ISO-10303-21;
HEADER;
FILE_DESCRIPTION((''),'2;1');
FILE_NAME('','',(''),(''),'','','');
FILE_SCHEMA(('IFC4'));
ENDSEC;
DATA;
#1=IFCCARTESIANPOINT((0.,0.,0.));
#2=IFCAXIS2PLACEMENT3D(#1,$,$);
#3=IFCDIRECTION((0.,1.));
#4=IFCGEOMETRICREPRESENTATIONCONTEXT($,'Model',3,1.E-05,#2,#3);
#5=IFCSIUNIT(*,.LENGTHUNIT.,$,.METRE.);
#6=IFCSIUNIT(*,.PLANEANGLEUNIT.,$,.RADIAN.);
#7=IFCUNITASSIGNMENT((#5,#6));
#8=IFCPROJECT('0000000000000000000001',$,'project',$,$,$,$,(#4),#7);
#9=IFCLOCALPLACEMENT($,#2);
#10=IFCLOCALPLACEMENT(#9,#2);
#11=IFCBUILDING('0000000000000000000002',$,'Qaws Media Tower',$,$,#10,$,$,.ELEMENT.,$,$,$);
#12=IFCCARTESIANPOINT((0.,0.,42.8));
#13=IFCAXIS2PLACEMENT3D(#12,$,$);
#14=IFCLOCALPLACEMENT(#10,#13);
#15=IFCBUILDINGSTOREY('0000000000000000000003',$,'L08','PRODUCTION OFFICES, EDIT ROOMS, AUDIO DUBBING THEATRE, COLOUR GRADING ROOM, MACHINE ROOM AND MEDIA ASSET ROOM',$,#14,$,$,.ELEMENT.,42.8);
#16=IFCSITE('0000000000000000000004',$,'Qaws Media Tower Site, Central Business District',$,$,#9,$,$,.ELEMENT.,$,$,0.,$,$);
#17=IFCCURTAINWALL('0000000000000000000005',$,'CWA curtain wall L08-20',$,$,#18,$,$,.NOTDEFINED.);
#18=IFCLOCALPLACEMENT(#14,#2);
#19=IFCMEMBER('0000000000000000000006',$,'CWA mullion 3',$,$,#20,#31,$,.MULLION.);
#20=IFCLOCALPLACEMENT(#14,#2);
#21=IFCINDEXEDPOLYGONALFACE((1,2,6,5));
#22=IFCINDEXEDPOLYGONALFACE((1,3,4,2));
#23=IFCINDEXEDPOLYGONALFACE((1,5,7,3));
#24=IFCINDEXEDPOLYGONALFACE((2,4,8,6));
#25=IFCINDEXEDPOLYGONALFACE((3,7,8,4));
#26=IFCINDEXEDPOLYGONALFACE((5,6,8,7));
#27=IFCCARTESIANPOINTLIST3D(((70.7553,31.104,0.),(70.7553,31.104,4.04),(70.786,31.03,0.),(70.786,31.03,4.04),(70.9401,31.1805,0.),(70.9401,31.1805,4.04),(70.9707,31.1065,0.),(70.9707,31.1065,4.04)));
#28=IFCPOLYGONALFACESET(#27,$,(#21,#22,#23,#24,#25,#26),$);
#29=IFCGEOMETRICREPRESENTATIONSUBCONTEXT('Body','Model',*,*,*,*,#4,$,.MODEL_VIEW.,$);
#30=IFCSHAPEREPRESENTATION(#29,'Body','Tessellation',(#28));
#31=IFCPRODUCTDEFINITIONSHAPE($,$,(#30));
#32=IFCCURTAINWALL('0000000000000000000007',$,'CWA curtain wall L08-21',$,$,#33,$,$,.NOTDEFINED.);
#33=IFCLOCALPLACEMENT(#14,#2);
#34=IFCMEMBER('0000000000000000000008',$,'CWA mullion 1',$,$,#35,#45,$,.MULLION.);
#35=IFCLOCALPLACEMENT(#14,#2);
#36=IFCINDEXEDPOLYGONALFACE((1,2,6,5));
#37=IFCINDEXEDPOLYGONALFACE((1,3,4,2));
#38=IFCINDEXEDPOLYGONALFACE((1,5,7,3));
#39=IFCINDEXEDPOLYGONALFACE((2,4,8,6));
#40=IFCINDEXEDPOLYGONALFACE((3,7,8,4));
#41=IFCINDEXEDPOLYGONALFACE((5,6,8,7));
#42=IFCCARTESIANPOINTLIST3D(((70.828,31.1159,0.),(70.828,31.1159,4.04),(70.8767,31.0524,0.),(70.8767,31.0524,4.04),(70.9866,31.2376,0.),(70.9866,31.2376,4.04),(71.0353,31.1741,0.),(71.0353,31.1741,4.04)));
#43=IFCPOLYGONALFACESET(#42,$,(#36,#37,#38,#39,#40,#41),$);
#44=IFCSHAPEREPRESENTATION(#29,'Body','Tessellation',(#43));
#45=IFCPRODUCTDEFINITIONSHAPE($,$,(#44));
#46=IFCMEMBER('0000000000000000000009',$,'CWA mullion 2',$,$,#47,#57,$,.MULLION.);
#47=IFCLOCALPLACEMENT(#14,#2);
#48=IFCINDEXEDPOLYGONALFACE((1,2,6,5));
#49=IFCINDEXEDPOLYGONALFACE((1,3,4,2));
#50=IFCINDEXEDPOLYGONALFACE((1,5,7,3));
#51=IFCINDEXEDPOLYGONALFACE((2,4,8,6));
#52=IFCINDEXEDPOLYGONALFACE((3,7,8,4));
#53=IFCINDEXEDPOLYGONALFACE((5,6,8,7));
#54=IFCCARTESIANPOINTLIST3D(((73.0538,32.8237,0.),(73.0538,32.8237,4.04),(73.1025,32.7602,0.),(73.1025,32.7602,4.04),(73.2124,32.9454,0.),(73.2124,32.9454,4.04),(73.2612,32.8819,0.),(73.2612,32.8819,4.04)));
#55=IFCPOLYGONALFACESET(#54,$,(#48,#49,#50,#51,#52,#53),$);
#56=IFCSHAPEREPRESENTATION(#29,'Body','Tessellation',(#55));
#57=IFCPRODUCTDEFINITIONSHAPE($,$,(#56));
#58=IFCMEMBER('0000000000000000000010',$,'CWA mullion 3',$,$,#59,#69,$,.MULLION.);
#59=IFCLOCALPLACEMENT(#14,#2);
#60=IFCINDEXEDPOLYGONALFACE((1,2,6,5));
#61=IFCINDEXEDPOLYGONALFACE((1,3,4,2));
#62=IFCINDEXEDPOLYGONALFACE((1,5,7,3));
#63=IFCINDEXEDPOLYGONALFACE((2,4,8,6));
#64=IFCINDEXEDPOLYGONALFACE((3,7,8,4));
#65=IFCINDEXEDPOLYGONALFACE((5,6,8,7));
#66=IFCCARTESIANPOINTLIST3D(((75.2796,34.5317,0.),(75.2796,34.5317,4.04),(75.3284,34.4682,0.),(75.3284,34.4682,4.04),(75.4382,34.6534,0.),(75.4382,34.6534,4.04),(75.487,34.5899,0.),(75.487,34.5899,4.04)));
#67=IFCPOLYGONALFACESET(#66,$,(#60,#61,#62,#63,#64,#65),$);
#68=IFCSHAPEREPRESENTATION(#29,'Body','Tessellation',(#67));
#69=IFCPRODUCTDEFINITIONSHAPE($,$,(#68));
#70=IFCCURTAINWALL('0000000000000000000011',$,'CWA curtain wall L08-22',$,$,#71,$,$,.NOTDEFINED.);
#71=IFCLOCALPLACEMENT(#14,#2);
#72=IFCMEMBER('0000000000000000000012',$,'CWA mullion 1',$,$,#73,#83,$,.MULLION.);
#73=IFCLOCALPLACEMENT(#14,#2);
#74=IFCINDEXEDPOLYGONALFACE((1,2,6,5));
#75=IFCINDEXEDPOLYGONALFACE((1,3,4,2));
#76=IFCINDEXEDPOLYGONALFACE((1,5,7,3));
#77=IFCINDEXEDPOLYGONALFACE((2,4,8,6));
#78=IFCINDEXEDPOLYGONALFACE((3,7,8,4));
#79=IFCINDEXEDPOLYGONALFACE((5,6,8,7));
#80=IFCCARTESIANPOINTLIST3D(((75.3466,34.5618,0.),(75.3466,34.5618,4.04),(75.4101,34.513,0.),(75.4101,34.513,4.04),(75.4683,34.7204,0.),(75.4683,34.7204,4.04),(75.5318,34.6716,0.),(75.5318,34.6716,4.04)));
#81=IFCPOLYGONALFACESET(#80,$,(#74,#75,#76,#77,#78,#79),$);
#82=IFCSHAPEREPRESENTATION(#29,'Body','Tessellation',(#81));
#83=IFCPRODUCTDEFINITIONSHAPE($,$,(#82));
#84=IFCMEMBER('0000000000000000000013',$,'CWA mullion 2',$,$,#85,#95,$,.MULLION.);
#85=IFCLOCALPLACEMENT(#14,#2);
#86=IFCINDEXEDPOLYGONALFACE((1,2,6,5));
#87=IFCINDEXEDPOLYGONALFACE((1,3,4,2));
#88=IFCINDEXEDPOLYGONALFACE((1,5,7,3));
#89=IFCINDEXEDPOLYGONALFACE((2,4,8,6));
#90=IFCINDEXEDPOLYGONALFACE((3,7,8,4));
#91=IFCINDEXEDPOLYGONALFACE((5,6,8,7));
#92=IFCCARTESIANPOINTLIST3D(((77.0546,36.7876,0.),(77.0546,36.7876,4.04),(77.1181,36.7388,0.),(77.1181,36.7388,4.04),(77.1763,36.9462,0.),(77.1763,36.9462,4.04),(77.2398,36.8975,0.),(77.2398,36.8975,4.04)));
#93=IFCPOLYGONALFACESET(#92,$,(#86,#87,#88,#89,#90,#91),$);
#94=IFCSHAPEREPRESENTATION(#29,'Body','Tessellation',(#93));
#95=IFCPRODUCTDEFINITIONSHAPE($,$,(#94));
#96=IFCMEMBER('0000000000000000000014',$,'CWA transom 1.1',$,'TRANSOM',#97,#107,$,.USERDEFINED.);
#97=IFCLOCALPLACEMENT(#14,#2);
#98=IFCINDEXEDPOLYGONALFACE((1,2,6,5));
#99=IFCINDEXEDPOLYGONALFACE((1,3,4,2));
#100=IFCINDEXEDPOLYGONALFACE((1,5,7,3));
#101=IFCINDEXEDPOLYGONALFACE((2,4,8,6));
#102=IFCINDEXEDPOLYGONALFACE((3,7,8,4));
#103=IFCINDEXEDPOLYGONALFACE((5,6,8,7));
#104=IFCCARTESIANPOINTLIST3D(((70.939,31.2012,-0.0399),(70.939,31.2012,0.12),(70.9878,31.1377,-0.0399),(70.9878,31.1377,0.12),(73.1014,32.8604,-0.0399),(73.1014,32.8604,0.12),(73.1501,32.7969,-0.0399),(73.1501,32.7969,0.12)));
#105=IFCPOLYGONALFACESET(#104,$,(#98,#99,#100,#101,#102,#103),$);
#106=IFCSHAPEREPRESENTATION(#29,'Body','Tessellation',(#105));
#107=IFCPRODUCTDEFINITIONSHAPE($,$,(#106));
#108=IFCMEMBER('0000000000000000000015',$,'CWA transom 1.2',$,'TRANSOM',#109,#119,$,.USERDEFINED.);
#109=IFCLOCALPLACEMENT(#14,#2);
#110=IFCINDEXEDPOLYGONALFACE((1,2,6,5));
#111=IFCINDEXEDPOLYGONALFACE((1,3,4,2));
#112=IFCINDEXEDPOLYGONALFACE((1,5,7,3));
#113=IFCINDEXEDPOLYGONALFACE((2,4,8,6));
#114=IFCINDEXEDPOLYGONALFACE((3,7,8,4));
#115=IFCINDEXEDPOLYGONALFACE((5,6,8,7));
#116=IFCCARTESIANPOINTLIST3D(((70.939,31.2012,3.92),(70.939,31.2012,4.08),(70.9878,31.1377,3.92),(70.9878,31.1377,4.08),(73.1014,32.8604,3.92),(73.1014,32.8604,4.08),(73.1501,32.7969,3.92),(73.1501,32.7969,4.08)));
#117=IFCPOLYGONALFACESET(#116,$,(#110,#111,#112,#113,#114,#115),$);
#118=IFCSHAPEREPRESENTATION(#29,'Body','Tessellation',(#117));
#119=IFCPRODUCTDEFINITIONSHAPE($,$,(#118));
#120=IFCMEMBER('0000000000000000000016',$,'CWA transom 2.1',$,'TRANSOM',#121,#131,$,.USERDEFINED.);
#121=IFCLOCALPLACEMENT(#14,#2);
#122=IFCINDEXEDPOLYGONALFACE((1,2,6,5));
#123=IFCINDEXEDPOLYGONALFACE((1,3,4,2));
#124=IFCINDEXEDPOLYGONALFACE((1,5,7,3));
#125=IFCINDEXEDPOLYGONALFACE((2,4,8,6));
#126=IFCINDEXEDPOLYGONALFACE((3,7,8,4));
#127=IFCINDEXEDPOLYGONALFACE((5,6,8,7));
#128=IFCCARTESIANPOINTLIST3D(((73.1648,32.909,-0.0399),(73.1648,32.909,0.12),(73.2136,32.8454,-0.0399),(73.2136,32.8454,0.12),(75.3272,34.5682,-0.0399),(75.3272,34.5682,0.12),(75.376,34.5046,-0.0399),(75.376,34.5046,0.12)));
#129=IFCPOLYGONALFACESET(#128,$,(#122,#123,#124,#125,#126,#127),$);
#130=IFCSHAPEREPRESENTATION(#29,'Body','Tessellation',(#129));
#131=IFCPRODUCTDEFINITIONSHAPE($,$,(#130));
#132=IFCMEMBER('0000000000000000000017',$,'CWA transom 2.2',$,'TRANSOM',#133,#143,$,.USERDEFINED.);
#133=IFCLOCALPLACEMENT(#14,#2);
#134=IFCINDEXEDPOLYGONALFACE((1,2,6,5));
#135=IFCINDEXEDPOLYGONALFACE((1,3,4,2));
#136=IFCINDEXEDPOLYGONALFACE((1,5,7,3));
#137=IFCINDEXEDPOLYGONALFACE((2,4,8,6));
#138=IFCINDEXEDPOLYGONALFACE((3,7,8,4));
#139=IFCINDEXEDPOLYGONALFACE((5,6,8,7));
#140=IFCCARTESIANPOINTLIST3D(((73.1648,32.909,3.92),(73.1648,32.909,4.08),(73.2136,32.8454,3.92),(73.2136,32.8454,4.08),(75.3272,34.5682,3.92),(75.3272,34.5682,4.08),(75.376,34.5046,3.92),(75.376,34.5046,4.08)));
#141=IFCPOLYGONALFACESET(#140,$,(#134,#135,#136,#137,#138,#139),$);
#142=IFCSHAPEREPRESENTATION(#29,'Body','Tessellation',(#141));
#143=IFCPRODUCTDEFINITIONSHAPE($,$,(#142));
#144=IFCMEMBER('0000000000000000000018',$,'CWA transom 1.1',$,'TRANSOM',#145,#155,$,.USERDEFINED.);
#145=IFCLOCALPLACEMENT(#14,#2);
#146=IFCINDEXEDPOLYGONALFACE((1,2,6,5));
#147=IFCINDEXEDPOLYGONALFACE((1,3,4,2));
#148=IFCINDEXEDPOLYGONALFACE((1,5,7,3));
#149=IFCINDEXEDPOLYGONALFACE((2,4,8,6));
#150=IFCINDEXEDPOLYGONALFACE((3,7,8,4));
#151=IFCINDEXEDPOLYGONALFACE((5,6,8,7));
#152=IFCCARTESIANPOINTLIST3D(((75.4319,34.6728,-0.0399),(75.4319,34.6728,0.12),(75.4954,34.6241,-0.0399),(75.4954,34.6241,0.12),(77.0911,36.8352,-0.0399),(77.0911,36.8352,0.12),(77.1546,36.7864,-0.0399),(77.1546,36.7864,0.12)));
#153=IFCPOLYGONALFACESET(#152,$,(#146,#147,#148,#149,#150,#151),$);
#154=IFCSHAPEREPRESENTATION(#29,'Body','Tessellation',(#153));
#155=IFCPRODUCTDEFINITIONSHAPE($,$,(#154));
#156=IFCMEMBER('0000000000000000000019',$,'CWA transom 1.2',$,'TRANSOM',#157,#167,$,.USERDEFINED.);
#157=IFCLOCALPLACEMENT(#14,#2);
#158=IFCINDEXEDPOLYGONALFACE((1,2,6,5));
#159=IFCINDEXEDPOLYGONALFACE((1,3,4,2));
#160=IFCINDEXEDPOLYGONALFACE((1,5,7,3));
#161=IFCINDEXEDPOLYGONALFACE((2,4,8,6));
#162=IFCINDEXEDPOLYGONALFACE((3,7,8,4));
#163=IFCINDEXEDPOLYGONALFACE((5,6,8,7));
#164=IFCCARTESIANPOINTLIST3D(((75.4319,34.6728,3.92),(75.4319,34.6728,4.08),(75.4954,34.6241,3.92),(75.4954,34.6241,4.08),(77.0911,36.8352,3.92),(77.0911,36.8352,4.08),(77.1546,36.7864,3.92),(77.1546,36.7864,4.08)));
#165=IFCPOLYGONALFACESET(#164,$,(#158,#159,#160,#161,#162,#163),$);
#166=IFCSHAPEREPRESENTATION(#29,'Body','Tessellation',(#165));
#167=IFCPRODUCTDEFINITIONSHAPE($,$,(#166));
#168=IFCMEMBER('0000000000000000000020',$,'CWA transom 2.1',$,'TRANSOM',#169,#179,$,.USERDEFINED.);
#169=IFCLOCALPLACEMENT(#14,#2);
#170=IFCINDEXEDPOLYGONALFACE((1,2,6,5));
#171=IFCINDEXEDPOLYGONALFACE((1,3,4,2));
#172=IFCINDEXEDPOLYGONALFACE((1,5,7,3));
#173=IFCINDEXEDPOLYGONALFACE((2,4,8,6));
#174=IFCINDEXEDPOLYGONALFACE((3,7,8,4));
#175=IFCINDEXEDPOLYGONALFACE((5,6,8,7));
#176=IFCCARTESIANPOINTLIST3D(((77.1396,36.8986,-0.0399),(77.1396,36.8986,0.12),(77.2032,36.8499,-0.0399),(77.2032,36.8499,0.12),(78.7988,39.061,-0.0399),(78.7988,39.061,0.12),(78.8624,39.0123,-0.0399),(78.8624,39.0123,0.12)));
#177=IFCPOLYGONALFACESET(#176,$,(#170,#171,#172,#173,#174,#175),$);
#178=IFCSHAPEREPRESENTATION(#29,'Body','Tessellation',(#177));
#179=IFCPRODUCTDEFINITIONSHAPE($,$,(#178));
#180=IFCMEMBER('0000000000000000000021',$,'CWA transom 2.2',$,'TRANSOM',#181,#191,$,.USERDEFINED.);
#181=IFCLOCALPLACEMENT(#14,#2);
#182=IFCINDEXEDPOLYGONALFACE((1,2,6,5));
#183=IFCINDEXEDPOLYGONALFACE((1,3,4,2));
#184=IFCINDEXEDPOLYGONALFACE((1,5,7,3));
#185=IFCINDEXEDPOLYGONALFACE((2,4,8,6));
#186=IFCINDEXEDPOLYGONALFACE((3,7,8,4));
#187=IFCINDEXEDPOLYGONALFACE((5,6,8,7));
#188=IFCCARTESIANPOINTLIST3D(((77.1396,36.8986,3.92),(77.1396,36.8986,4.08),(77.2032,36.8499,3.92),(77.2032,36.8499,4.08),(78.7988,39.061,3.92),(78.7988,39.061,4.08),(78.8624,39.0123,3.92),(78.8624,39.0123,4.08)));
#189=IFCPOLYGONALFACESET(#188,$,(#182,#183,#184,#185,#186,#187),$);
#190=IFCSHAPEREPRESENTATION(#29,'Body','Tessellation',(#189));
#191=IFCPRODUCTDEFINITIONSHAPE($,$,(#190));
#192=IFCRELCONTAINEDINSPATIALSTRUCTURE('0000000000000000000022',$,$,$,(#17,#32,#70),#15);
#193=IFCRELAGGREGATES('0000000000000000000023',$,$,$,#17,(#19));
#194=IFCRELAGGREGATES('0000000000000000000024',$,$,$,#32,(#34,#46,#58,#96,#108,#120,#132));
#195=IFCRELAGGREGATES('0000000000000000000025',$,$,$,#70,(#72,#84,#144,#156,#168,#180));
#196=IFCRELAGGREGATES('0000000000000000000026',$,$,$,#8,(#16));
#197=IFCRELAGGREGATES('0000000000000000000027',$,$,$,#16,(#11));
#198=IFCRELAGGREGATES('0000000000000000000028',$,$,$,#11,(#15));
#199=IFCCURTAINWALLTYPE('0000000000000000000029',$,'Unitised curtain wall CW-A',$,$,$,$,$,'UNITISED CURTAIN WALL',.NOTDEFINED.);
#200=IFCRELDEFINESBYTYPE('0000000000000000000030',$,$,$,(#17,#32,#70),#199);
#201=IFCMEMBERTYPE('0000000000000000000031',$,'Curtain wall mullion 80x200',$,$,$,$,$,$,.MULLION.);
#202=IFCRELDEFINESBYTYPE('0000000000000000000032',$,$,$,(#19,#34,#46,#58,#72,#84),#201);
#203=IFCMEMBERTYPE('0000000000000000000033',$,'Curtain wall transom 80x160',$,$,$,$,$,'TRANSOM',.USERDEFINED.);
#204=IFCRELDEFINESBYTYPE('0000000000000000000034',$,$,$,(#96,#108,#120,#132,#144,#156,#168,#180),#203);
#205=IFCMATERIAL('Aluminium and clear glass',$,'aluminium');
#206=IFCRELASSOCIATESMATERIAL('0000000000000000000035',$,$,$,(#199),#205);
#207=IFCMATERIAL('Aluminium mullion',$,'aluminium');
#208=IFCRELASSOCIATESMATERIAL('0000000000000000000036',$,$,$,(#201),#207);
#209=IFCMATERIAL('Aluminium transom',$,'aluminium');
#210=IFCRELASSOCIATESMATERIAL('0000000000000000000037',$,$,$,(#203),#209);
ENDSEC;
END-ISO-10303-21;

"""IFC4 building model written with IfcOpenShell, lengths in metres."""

from ifc_helpers import new_model, si_unit, direction, frame, origin, origin_2d, place, context, subcontext, project, spatial, rectangle, extrude, material, material_profile, profile_set, type_object, element, aggregate, save


model = new_model("IFC4")

# Units and contexts
model_context = context("Model", 3, precision=1e-05, world=origin(), true_north=direction((0.0, 1.0)))
body_context = subcontext(model_context, "Body", "Model", "MODEL_VIEW")
ifc_project = project(units=[si_unit("LENGTHUNIT", "METRE"), si_unit("PLANEANGLEUNIT", "RADIAN")], contexts=[model_context])

# Site, building, storey
site_placement = place(None, origin())
site = spatial("IfcSite", under=ifc_project, at=site_placement, Name="Qaws Media Tower Site, Central Business District", CompositionType="ELEMENT", RefElevation=0.0)
building_placement = place(site_placement, origin())
building = spatial("IfcBuilding", under=site, at=building_placement, Name="Qaws Media Tower", CompositionType="ELEMENT")
storey_placement = place(building_placement, frame((0.0, 0.0, 42.8)))
storey = spatial("IfcBuildingStorey", under=building, at=storey_placement, Name="L08", Description="PRODUCTION OFFICES, EDIT ROOMS, AUDIO DUBBING THEATRE, COLOUR GRADING ROOM, MACHINE ROOM AND MEDIA ASSET ROOM", CompositionType="ELEMENT", Elevation=42.8)

# Curtain wall, member
ifc_material_1 = material(Name="Aluminium and clear glass", Category="aluminium")
curtain_wall_type = type_object("IfcCurtainWallType", Name="Unitised curtain wall CW-A", ElementType="UNITISED CURTAIN WALL", PredefinedType="NOTDEFINED", material=ifc_material_1)
curtain_wall_1_placement = place(storey_placement, origin())
curtain_wall_1 = element("IfcCurtainWall", 1, at=curtain_wall_1_placement, inside=storey, type_object=curtain_wall_type, Name="CWA curtain wall L08-20", PredefinedType="NOTDEFINED")
ifc_material_2 = material(Name="Aluminium mullion", Category="aluminium")
ifc_material_profile_1 = material_profile(ifc_material_2, rectangle(XDim=0.0801, YDim=0.2, at=origin_2d()), Name="80x200")
ifc_profile_set_1 = profile_set([ifc_material_profile_1], Name="Aluminium mullion")
member_type_1 = type_object("IfcMemberType", Name="Curtain wall mullion 80x200", PredefinedType="MULLION", material=ifc_profile_set_1)
member_1_placement = place(storey_placement, frame((70.863, 31.1052, 0.0), z_axis=(0.0, 0.0, 1.0), x_axis=(-0.382683, 0.92388, 0.0)))
member_1 = element("IfcMember", 2, at=member_1_placement, type_object=member_type_1, Name="CWA mullion 3", PredefinedType="MULLION", context=body_context, shape_type="SweptSolid", body=[
    extrude(rectangle(XDim=0.0801, YDim=0.2, at=origin_2d()), origin(), (0.0, 0.0, 1.0), 4.04),
])

# Curtain walls, members
curtain_wall_2_placement = place(storey_placement, origin())
curtain_wall_2 = element("IfcCurtainWall", 3, at=curtain_wall_2_placement, inside=storey, type_object=curtain_wall_type, Name="CWA curtain wall L08-21", PredefinedType="NOTDEFINED")
member_2_placement = place(storey_placement, frame((70.9316, 31.145, 0.0), z_axis=(0.0, 0.0, 1.0), x_axis=(-0.608761, 0.793353, 0.0)))
member_2 = element("IfcMember", 4, at=member_2_placement, type_object=member_type_1, Name="CWA mullion 1", PredefinedType="MULLION", context=body_context, shape_type="SweptSolid", body=[
    extrude(rectangle(XDim=0.0801, YDim=0.2, at=origin_2d()), origin(), (0.0, 0.0, 1.0), 4.04),
])
member_3_placement = place(storey_placement, frame((73.1575, 32.8528, 0.0), z_axis=(0.0, 0.0, 1.0), x_axis=(-0.608761, 0.793353, 0.0)))
member_3 = element("IfcMember", 5, at=member_3_placement, type_object=member_type_1, Name="CWA mullion 2", PredefinedType="MULLION", context=body_context, shape_type="SweptSolid", body=[
    extrude(rectangle(XDim=0.0801, YDim=0.2, at=origin_2d()), origin(), (0.0, 0.0, 1.0), 4.04),
])
member_4_placement = place(storey_placement, frame((75.3833, 34.5608, 0.0), z_axis=(0.0, 0.0, 1.0), x_axis=(-0.608761, 0.793353, 0.0)))
member_4 = element("IfcMember", 6, at=member_4_placement, type_object=member_type_1, Name="CWA mullion 3", PredefinedType="MULLION", context=body_context, shape_type="SweptSolid", body=[
    extrude(rectangle(XDim=0.0801, YDim=0.2, at=origin_2d()), origin(), (0.0, 0.0, 1.0), 4.04),
])
curtain_wall_3_placement = place(storey_placement, origin())
curtain_wall_3 = element("IfcCurtainWall", 7, at=curtain_wall_3_placement, inside=storey, type_object=curtain_wall_type, Name="CWA curtain wall L08-22", PredefinedType="NOTDEFINED")
member_5_placement = place(storey_placement, frame((75.4392, 34.6167, 0.0), z_axis=(0.0, 0.0, 1.0), x_axis=(-0.793353, 0.608761, 0.0)))
member_5 = element("IfcMember", 8, at=member_5_placement, type_object=member_type_1, Name="CWA mullion 1", PredefinedType="MULLION", context=body_context, shape_type="SweptSolid", body=[
    extrude(rectangle(XDim=0.0801, YDim=0.2, at=origin_2d()), origin(), (0.0, 0.0, 1.0), 4.04),
])
member_6_placement = place(storey_placement, frame((77.1472, 36.8425, 0.0), z_axis=(0.0, 0.0, 1.0), x_axis=(-0.793353, 0.608761, 0.0)))
member_6 = element("IfcMember", 9, at=member_6_placement, type_object=member_type_1, Name="CWA mullion 2", PredefinedType="MULLION", context=body_context, shape_type="SweptSolid", body=[
    extrude(rectangle(XDim=0.0801, YDim=0.2, at=origin_2d()), origin(), (0.0, 0.0, 1.0), 4.04),
])

# Members
ifc_material_3 = material(Name="Aluminium transom", Category="aluminium")
ifc_material_profile_2 = material_profile(ifc_material_3, rectangle(XDim=0.0801, YDim=0.1599, at=origin_2d()), Name="80x160")
ifc_profile_set_2 = profile_set([ifc_material_profile_2], Name="Aluminium transom")
member_type_2 = type_object("IfcMemberType", Name="Curtain wall transom 80x160", ElementType="TRANSOM", PredefinedType="USERDEFINED", material=ifc_profile_set_2)
member_7_placement = place(storey_placement, frame((70.9634, 31.1694, 0.04), z_axis=(0.793363, 0.608749, 0.0), x_axis=(-0.608749, 0.793363, 0.0)))
member_7 = element("IfcMember", 10, at=member_7_placement, type_object=member_type_2, Name="CWA transom 1.1", ObjectType="TRANSOM", PredefinedType="USERDEFINED", context=body_context, shape_type="SweptSolid", body=[
    extrude(rectangle(XDim=0.0801, YDim=0.1599, at=origin_2d()), origin(), (0.0, 0.0, 1.0), 2.7256),
])
member_8_placement = place(storey_placement, frame((70.9634, 31.1694, 4.0), z_axis=(0.793363, 0.608749, 0.0), x_axis=(-0.608749, 0.793363, 0.0)))
member_8 = element("IfcMember", 11, at=member_8_placement, type_object=member_type_2, Name="CWA transom 1.2", ObjectType="TRANSOM", PredefinedType="USERDEFINED", context=body_context, shape_type="SweptSolid", body=[
    extrude(rectangle(XDim=0.0801, YDim=0.1599, at=origin_2d()), origin(), (0.0, 0.0, 1.0), 2.7256),
])
member_9_placement = place(storey_placement, frame((73.1892, 32.8772, 0.04), z_axis=(0.793363, 0.608749, 0.0), x_axis=(-0.608749, 0.793363, 0.0)))
member_9 = element("IfcMember", 12, at=member_9_placement, type_object=member_type_2, Name="CWA transom 2.1", ObjectType="TRANSOM", PredefinedType="USERDEFINED", context=body_context, shape_type="SweptSolid", body=[
    extrude(rectangle(XDim=0.0801, YDim=0.1599, at=origin_2d()), origin(), (0.0, 0.0, 1.0), 2.7256),
])
member_10_placement = place(storey_placement, frame((73.1892, 32.8772, 4.0), z_axis=(0.793363, 0.608749, 0.0), x_axis=(-0.608749, 0.793363, 0.0)))
member_10 = element("IfcMember", 13, at=member_10_placement, type_object=member_type_2, Name="CWA transom 2.2", ObjectType="TRANSOM", PredefinedType="USERDEFINED", context=body_context, shape_type="SweptSolid", body=[
    extrude(rectangle(XDim=0.0801, YDim=0.1599, at=origin_2d()), origin(), (0.0, 0.0, 1.0), 2.7256),
])
member_11_placement = place(storey_placement, frame((75.4636, 34.6484, 0.04), z_axis=(0.608749, 0.793363, 0.0), x_axis=(-0.793363, 0.608749, 0.0)))
member_11 = element("IfcMember", 14, at=member_11_placement, type_object=member_type_2, Name="CWA transom 1.1", ObjectType="TRANSOM", PredefinedType="USERDEFINED", context=body_context, shape_type="SweptSolid", body=[
    extrude(rectangle(XDim=0.0801, YDim=0.1599, at=origin_2d()), origin(), (0.0, 0.0, 1.0), 2.7256),
])
member_12_placement = place(storey_placement, frame((75.4636, 34.6484, 4.0), z_axis=(0.608749, 0.793363, 0.0), x_axis=(-0.793363, 0.608749, 0.0)))
member_12 = element("IfcMember", 15, at=member_12_placement, type_object=member_type_2, Name="CWA transom 1.2", ObjectType="TRANSOM", PredefinedType="USERDEFINED", context=body_context, shape_type="SweptSolid", body=[
    extrude(rectangle(XDim=0.0801, YDim=0.1599, at=origin_2d()), origin(), (0.0, 0.0, 1.0), 2.7256),
])
member_13_placement = place(storey_placement, frame((77.1714, 36.8743, 0.04), z_axis=(0.608749, 0.793363, 0.0), x_axis=(-0.793363, 0.608749, 0.0)))
member_13 = element("IfcMember", 16, at=member_13_placement, type_object=member_type_2, Name="CWA transom 2.1", ObjectType="TRANSOM", PredefinedType="USERDEFINED", context=body_context, shape_type="SweptSolid", body=[
    extrude(rectangle(XDim=0.0801, YDim=0.1599, at=origin_2d()), origin(), (0.0, 0.0, 1.0), 2.7256),
])
member_14_placement = place(storey_placement, frame((77.1714, 36.8743, 4.0), z_axis=(0.608749, 0.793363, 0.0), x_axis=(-0.793363, 0.608749, 0.0)))
member_14 = element("IfcMember", 17, at=member_14_placement, type_object=member_type_2, Name="CWA transom 2.2", ObjectType="TRANSOM", PredefinedType="USERDEFINED", context=body_context, shape_type="SweptSolid", body=[
    extrude(rectangle(XDim=0.0801, YDim=0.1599, at=origin_2d()), origin(), (0.0, 0.0, 1.0), 2.7256),
])

aggregate(curtain_wall_1, [member_1])
aggregate(curtain_wall_2, [member_2, member_3, member_4, member_7, member_8, member_9, member_10])
aggregate(curtain_wall_3, [member_5, member_6, member_11, member_12, member_13, member_14])

save(model, "model.ifc")
